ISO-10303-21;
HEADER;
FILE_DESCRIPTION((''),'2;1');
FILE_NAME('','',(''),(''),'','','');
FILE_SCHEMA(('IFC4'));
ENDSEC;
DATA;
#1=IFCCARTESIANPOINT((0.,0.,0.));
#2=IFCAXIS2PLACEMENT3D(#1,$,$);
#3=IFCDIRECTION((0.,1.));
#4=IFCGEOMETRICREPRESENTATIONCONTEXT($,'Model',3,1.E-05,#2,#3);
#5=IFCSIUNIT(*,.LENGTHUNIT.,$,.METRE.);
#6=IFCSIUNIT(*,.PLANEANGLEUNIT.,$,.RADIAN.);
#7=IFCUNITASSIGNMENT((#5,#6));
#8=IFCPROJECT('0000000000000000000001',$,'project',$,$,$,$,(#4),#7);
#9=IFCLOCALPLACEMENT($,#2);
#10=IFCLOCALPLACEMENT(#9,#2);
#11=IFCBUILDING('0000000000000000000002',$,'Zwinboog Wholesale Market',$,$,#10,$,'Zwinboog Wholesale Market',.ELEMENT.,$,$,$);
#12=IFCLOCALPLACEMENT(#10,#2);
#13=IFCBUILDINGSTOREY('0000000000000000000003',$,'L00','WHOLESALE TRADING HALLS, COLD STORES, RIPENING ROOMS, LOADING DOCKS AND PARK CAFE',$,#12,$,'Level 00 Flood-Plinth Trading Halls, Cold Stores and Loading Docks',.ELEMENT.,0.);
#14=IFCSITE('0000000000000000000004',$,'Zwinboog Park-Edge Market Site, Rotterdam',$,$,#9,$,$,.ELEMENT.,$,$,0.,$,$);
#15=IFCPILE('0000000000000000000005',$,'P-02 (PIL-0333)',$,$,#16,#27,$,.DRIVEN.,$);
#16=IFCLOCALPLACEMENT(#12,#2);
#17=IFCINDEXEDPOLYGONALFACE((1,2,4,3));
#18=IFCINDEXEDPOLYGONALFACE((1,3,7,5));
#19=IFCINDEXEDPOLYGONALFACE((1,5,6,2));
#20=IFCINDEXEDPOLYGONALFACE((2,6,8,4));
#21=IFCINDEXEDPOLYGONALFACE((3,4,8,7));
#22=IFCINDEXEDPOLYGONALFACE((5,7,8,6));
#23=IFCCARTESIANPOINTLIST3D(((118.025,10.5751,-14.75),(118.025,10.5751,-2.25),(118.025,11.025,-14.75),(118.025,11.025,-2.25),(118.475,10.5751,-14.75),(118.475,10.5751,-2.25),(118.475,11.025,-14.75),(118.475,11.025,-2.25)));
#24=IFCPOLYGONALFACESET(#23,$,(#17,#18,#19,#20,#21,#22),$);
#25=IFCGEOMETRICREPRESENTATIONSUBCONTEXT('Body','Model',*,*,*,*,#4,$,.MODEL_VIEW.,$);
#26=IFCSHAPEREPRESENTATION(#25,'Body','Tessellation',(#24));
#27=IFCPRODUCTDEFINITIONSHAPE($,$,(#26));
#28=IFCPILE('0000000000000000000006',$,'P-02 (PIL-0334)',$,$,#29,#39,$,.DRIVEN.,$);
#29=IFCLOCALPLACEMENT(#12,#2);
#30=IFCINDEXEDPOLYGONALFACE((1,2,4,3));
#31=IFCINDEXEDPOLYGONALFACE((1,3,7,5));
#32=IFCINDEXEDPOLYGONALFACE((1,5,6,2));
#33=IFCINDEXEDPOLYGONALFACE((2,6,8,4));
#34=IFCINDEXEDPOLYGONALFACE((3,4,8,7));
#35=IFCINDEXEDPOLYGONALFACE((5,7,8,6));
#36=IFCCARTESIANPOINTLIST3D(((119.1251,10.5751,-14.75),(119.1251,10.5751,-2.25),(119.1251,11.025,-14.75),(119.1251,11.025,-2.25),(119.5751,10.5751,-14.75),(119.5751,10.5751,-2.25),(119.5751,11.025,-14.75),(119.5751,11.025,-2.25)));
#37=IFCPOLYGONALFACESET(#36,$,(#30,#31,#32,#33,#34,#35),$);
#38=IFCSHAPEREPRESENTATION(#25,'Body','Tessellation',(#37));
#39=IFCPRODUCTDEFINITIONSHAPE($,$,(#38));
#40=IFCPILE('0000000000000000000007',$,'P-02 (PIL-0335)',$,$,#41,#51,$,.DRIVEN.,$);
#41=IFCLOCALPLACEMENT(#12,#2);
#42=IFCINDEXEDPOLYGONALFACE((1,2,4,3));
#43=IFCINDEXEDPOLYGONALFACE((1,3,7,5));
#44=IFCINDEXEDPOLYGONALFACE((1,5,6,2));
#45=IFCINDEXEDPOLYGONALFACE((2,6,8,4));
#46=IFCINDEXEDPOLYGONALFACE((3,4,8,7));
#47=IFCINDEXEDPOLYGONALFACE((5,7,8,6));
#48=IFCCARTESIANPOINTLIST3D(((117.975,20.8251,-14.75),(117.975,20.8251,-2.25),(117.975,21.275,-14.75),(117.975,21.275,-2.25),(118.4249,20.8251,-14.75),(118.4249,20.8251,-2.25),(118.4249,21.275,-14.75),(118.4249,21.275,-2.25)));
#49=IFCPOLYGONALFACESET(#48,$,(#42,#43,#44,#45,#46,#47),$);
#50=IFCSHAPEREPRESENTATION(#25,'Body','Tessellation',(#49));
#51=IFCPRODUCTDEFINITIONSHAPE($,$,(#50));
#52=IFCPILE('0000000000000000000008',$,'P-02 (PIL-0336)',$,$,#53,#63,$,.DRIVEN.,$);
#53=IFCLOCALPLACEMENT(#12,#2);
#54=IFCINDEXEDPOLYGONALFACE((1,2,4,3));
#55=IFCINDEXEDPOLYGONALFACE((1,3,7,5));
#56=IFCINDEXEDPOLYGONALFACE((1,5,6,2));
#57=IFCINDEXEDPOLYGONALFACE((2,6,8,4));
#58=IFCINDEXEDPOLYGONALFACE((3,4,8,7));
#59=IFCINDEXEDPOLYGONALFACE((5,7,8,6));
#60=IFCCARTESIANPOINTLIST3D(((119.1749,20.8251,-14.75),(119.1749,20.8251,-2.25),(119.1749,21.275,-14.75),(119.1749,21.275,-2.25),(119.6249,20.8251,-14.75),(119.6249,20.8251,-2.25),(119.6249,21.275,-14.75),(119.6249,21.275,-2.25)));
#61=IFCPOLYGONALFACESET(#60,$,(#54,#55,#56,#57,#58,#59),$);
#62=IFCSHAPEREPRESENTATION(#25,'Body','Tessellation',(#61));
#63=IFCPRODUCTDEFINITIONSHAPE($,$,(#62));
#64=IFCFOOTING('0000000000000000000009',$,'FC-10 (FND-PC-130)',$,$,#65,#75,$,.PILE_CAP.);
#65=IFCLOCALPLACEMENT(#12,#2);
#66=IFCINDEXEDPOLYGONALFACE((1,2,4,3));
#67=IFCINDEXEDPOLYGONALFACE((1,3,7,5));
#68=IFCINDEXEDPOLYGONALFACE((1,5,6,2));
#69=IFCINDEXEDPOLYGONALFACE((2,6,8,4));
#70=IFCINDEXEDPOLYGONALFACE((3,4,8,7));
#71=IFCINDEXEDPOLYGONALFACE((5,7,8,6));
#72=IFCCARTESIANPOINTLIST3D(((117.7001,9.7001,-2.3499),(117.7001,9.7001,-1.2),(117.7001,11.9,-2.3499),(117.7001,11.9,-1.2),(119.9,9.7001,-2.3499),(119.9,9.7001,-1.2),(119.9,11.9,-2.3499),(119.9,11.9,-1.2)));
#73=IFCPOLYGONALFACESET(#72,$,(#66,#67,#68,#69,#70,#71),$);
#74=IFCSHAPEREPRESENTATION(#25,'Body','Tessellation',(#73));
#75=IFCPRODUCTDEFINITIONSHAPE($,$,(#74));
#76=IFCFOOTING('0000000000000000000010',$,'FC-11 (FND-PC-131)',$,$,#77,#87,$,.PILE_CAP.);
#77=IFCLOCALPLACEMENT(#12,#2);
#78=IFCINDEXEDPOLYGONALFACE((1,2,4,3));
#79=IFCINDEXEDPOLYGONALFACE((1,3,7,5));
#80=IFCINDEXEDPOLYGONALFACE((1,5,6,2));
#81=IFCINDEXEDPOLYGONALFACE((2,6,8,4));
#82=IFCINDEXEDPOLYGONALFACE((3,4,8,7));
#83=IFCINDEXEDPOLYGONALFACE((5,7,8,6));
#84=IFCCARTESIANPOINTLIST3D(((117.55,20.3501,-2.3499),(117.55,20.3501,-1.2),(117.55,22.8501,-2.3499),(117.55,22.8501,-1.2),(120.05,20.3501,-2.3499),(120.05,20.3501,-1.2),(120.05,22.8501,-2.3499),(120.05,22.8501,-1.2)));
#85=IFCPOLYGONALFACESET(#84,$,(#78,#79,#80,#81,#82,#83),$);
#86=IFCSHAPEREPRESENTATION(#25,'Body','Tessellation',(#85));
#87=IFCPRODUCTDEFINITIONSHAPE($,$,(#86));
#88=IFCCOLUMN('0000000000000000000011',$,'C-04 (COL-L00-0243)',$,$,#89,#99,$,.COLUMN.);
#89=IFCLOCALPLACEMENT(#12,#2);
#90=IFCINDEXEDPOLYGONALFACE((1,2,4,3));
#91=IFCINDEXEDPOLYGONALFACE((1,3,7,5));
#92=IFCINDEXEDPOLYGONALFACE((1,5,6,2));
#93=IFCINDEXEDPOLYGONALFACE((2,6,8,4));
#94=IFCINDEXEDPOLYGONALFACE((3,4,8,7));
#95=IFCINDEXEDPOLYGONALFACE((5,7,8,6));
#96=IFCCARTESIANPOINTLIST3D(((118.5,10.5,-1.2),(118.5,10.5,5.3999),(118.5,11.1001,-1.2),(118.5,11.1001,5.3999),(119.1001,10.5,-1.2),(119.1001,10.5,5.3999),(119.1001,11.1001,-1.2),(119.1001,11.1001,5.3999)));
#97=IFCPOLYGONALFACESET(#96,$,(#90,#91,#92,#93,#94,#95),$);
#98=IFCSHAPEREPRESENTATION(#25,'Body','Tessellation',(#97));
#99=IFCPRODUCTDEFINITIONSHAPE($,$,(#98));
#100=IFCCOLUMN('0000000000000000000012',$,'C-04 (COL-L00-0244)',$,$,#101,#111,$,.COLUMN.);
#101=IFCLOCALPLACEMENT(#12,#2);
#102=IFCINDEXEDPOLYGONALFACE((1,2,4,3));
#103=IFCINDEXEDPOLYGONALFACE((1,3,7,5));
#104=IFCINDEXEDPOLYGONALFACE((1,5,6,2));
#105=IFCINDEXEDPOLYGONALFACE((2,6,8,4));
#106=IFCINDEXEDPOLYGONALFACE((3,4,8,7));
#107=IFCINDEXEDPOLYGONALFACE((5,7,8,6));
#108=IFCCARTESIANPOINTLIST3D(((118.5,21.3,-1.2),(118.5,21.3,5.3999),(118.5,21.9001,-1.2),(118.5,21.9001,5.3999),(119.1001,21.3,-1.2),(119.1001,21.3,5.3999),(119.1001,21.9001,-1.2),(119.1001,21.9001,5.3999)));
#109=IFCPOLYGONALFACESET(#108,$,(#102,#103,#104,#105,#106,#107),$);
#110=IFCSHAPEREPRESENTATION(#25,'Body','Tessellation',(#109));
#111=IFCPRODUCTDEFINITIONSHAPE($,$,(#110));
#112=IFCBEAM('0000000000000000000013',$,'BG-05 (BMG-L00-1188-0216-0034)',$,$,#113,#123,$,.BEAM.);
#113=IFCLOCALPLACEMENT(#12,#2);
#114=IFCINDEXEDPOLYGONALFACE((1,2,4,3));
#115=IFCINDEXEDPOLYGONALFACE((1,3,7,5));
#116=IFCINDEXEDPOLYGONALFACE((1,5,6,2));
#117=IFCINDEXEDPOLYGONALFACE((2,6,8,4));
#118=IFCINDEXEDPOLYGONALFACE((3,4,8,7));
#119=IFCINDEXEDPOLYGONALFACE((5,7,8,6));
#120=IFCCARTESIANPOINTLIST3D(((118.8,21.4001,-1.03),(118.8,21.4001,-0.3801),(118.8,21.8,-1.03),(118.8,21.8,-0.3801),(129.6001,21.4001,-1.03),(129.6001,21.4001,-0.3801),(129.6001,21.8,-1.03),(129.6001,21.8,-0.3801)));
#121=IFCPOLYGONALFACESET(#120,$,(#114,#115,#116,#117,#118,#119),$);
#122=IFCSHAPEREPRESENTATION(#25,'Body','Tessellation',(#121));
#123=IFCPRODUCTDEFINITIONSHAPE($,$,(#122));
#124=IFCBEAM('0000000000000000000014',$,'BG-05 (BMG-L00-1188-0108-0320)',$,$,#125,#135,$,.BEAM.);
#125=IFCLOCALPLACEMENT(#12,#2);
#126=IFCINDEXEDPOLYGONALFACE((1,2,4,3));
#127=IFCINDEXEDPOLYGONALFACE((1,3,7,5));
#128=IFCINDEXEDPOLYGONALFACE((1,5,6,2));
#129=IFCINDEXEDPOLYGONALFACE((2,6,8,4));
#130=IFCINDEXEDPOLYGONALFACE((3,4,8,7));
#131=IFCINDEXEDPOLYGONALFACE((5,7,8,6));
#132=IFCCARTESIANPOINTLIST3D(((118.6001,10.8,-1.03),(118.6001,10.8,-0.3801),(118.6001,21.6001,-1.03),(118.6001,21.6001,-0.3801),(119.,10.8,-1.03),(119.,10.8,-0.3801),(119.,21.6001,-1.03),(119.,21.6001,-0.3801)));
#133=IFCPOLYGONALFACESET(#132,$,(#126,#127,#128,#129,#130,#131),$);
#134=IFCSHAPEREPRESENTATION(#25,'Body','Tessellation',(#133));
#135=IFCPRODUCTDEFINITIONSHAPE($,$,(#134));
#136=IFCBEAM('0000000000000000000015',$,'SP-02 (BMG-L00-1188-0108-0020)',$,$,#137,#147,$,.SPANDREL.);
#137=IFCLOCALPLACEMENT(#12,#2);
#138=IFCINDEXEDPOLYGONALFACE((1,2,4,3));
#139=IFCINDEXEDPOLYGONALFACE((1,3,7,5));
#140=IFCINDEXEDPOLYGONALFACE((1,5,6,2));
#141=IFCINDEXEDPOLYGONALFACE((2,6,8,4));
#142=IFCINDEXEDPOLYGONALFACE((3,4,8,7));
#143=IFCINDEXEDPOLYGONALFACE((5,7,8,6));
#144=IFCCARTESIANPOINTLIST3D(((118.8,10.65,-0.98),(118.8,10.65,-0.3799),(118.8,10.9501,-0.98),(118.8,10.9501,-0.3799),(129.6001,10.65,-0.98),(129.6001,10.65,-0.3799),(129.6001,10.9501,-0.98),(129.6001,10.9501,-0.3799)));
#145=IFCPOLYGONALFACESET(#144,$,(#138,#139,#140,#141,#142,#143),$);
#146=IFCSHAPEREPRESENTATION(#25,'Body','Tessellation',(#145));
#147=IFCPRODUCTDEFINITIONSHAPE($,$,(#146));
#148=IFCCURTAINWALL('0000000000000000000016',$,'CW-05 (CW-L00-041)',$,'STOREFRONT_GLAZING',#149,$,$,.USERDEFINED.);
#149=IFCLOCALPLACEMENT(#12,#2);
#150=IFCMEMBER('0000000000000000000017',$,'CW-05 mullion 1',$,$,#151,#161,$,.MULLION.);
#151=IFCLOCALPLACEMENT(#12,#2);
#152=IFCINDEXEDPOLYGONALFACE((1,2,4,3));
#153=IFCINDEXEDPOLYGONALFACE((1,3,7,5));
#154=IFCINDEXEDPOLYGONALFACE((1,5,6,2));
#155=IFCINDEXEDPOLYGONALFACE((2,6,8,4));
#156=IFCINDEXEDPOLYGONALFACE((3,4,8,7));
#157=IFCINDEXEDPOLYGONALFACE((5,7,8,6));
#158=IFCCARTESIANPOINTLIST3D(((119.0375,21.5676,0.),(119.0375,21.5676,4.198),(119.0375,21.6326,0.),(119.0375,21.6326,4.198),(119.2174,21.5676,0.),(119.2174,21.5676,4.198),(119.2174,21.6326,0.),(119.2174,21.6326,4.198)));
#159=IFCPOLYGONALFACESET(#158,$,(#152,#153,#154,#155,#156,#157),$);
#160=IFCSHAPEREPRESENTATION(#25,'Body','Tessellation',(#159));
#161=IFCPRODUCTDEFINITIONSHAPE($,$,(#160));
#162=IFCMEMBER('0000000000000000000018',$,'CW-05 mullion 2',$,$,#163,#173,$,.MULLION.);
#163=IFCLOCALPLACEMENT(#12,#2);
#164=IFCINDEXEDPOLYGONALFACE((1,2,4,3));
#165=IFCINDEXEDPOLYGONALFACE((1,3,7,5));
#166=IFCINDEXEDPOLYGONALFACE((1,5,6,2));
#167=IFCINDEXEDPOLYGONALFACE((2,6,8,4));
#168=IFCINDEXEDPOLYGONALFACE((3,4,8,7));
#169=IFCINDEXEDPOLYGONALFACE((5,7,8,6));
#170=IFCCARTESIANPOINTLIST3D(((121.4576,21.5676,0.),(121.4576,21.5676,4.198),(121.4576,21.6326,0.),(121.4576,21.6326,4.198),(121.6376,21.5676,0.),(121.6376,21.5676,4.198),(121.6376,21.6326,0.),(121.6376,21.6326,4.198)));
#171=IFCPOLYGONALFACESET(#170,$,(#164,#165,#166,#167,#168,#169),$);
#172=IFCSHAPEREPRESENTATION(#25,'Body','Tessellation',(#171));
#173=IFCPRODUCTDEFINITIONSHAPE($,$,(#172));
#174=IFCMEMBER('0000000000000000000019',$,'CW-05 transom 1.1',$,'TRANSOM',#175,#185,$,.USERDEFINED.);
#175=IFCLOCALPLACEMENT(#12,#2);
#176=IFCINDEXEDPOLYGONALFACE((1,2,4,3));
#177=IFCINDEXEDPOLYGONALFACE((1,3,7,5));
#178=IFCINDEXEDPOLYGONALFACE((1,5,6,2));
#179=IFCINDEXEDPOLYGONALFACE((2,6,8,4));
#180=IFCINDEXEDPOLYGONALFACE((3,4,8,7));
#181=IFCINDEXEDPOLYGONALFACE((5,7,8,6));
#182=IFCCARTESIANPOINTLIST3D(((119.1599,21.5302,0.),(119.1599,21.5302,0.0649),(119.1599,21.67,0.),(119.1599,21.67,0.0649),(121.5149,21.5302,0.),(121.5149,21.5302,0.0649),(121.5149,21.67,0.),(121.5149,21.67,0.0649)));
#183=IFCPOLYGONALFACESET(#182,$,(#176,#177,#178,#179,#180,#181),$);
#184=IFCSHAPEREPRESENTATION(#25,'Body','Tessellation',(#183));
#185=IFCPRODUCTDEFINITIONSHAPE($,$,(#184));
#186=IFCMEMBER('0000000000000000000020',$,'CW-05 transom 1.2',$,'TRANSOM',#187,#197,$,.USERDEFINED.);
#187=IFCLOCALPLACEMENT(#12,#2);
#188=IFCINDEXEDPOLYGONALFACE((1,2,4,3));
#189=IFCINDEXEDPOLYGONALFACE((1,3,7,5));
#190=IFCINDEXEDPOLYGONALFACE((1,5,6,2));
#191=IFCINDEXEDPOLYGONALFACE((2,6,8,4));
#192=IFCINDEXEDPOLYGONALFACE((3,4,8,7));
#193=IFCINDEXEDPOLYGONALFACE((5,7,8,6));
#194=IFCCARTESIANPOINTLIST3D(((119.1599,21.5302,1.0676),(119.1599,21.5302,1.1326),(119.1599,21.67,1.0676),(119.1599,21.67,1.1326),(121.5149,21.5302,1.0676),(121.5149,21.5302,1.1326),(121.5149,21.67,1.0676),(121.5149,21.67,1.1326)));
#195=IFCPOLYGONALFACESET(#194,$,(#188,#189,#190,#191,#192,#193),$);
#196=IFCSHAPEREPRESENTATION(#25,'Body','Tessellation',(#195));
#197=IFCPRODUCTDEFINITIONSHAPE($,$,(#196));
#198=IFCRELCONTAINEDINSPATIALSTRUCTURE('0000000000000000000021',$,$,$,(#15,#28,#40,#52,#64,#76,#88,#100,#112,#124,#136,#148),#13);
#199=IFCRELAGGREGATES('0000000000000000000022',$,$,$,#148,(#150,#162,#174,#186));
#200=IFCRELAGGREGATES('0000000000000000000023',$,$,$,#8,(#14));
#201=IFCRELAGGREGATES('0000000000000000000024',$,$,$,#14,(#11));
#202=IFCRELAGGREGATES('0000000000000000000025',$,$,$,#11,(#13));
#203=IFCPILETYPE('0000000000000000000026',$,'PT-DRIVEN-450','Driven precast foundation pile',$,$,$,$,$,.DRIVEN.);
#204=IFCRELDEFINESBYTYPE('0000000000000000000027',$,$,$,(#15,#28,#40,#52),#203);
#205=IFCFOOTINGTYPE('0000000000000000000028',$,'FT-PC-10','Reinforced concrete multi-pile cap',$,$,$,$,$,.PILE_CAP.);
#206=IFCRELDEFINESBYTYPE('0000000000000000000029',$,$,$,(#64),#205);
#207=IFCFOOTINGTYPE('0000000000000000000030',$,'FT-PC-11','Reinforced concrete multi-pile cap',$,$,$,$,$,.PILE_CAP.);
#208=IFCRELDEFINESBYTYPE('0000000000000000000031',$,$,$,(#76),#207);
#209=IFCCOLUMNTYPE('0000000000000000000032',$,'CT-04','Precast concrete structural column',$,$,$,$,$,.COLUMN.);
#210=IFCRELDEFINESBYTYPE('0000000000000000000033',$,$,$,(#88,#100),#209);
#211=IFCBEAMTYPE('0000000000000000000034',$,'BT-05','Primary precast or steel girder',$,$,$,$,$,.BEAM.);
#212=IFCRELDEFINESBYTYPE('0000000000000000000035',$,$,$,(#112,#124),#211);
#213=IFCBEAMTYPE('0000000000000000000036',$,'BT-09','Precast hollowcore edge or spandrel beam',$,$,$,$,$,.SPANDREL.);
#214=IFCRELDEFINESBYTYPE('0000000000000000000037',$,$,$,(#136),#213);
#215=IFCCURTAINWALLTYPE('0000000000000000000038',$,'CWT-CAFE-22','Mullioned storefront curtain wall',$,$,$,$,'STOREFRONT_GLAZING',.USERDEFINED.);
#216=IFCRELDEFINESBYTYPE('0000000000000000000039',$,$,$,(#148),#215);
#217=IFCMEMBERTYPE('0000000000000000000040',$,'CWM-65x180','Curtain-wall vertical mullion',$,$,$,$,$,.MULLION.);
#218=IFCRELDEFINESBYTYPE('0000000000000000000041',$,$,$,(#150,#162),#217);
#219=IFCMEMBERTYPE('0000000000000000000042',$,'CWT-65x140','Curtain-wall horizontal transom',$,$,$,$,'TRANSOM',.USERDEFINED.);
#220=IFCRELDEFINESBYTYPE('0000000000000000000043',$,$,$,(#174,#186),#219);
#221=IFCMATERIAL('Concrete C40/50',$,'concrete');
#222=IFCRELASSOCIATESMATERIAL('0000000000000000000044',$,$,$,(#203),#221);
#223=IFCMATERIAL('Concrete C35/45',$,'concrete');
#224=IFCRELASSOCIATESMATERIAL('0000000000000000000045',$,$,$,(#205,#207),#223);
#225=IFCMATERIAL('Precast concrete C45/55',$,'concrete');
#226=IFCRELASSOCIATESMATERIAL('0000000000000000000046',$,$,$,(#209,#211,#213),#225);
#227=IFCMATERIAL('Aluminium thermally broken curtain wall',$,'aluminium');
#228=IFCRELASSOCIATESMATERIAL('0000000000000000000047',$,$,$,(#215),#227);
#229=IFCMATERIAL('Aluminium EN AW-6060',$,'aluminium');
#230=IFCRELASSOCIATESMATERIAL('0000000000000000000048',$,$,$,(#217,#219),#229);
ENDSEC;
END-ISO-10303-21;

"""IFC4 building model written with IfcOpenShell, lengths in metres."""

from ifc_helpers import new_model, si_unit, direction, frame, origin, origin_2d, place, context, subcontext, project, spatial, rectangle, extrude, material, material_profile, profile_set, type_object, element, aggregate, save


model = new_model("IFC4")

# Units and contexts
model_context = context("Model", 3, precision=1e-05, world=origin(), true_north=direction((0.0, 1.0)))
body_context = subcontext(model_context, "Body", "Model", "MODEL_VIEW")
ifc_project = project(units=[si_unit("LENGTHUNIT", "METRE"), si_unit("PLANEANGLEUNIT", "RADIAN")], contexts=[model_context])

# Site, building, storey
site_placement = place(None, origin())
site = spatial("IfcSite", under=ifc_project, at=site_placement, Name="Zwinboog Park-Edge Market Site, Rotterdam", CompositionType="ELEMENT", RefElevation=0.0)
building_placement = place(site_placement, origin())
building = spatial("IfcBuilding", under=site, at=building_placement, Name="Zwinboog Wholesale Market", LongName="Zwinboog Wholesale Market", CompositionType="ELEMENT")
storey_placement = place(building_placement, origin())
storey = spatial("IfcBuildingStorey", under=building, at=storey_placement, Name="L00", Description="WHOLESALE TRADING HALLS, COLD STORES, RIPENING ROOMS, LOADING DOCKS AND PARK CAFE", LongName="Level 00 Flood-Plinth Trading Halls, Cold Stores and Loading Docks", CompositionType="ELEMENT", Elevation=0.0)

# Piles
ifc_material_1 = material(Name="Concrete C40/50", Category="concrete")
ifc_material_profile_1 = material_profile(ifc_material_1, rectangle(XDim=0.45, YDim=0.45, at=origin_2d()), Name="PILE SQ450")
ifc_profile_set_1 = profile_set([ifc_material_profile_1], Name="Concrete C40/50")
pile_type = type_object("IfcPileType", Name="PT-DRIVEN-450", Description="Driven precast foundation pile", PredefinedType="DRIVEN", material=ifc_profile_set_1)
for number, where, z_axis, x_axis, name in (
    (1, (118.25, 10.8, -2.25), (0.0, 0.0, -1.0), (1.0, 0.0, 0.0), "P-02 (PIL-0333)"),
    (2, (119.3501, 10.8, -2.25), (0.0, 0.0, -1.0), (1.0, 0.0, 0.0), "P-02 (PIL-0334)"),
    (3, (118.2, 21.05, -2.25), (0.0, 0.0, -1.0), (1.0, 0.0, 0.0), "P-02 (PIL-0335)"),
    (4, (119.3999, 21.05, -2.25), (0.0, 0.0, -1.0), (1.0, 0.0, 0.0), "P-02 (PIL-0336)"),
):
    element("IfcPile", number, at=place(storey_placement, frame(where, z_axis=z_axis, x_axis=x_axis)), inside=storey, type_object=pile_type, Name=name, PredefinedType="DRIVEN", context=body_context, shape_type="SweptSolid", body=[
        extrude(rectangle(XDim=0.45, YDim=0.45, at=origin_2d()), origin(), (0.0, 0.0, 1.0), 12.5),
    ])

# Footings
ifc_material_2 = material(Name="Concrete C35/45", Category="concrete")
footing_type_1 = type_object("IfcFootingType", Name="FT-PC-10", Description="Reinforced concrete multi-pile cap", PredefinedType="PILE_CAP", material=ifc_material_2)
footing_1_placement = place(storey_placement, frame((118.8, 10.8, -2.3499), z_axis=(0.0, 0.0, 1.0), x_axis=(1.0, 0.0, 0.0)))
element("IfcFooting", 5, at=footing_1_placement, inside=storey, type_object=footing_type_1, Name="FC-10 (FND-PC-130)", PredefinedType="PILE_CAP", context=body_context, shape_type="SweptSolid", body=[
    extrude(rectangle(XDim=2.2, YDim=2.2, at=origin_2d()), origin(), (0.0, 0.0, 1.0), 1.1499),
])
footing_type_2 = type_object("IfcFootingType", Name="FT-PC-11", Description="Reinforced concrete multi-pile cap", PredefinedType="PILE_CAP", material=ifc_material_2)
footing_2_placement = place(storey_placement, frame((118.8, 21.6001, -2.3499), z_axis=(0.0, 0.0, 1.0), x_axis=(1.0, 0.0, 0.0)))
element("IfcFooting", 6, at=footing_2_placement, inside=storey, type_object=footing_type_2, Name="FC-11 (FND-PC-131)", PredefinedType="PILE_CAP", context=body_context, shape_type="SweptSolid", body=[
    extrude(rectangle(XDim=2.5, YDim=2.5, at=origin_2d()), origin(), (0.0, 0.0, 1.0), 1.1499),
])

# Columns
ifc_material_3 = material(Name="Precast concrete C45/55", Category="concrete")
ifc_material_profile_2 = material_profile(ifc_material_3, rectangle(XDim=0.6001, YDim=0.6001, at=origin_2d()), Name="PC 600x600")
ifc_profile_set_2 = profile_set([ifc_material_profile_2], Name="Precast concrete C45/55")
column_type = type_object("IfcColumnType", Name="CT-04", Description="Precast concrete structural column", PredefinedType="COLUMN", material=ifc_profile_set_2)
for number, where, z_axis, x_axis, name in (
    (7, (118.8, 10.8, -1.2), (0.0, 0.0, 1.0), (1.0, 0.0, 0.0), "C-04 (COL-L00-0243)"),
    (8, (118.8, 21.6001, -1.2), (0.0, 0.0, 1.0), (1.0, 0.0, 0.0), "C-04 (COL-L00-0244)"),
):
    element("IfcColumn", number, at=place(storey_placement, frame(where, z_axis=z_axis, x_axis=x_axis)), inside=storey, type_object=column_type, Name=name, PredefinedType="COLUMN", context=body_context, shape_type="SweptSolid", body=[
        extrude(rectangle(XDim=0.6001, YDim=0.6001, at=origin_2d()), origin(), (0.0, 0.0, 1.0), 6.5999),
    ])

# Beams
ifc_material_profile_3 = material_profile(ifc_material_3, rectangle(XDim=0.3999, YDim=0.6499, at=origin_2d()), Name="PC 400x650")
ifc_profile_set_3 = profile_set([ifc_material_profile_3], Name="Precast concrete C45/55")
beam_type_1 = type_object("IfcBeamType", Name="BT-05", Description="Primary precast or steel girder", PredefinedType="BEAM", material=ifc_profile_set_3)
for number, where, z_axis, x_axis, name in (
    (9, (118.8, 21.6001, -0.7051), (1.0, 0.0, 0.0), (0.0, 1.0, 0.0), "BG-05 (BMG-L00-1188-0216-0034)"),
    (10, (118.8, 10.8, -0.7051), (0.0, 1.0, 0.0), (-1.0, 0.0, 0.0), "BG-05 (BMG-L00-1188-0108-0320)"),
):
    element("IfcBeam", number, at=place(storey_placement, frame(where, z_axis=z_axis, x_axis=x_axis)), inside=storey, type_object=beam_type_1, Name=name, PredefinedType="BEAM", context=body_context, shape_type="SweptSolid", body=[
        extrude(rectangle(XDim=0.3999, YDim=0.6499, at=origin_2d()), origin(), (0.0, 0.0, 1.0), 10.8),
    ])
ifc_material_profile_4 = material_profile(ifc_material_3, rectangle(XDim=0.3, YDim=0.6001, at=origin_2d()), Name="PC 300x600")
ifc_profile_set_4 = profile_set([ifc_material_profile_4], Name="Precast concrete C45/55")
beam_type_2 = type_object("IfcBeamType", Name="BT-09", Description="Precast hollowcore edge or spandrel beam", PredefinedType="SPANDREL", material=ifc_profile_set_4)
beam_placement = place(storey_placement, frame((118.8, 10.8, -0.6799), z_axis=(1.0, 0.0, 0.0), x_axis=(0.0, 1.0, 0.0)))
element("IfcBeam", 11, at=beam_placement, inside=storey, type_object=beam_type_2, Name="SP-02 (BMG-L00-1188-0108-0020)", PredefinedType="SPANDREL", context=body_context, shape_type="SweptSolid", body=[
    extrude(rectangle(XDim=0.3, YDim=0.6001, at=origin_2d()), origin(), (0.0, 0.0, 1.0), 10.8),
])

# Curtain wall, members
ifc_material_4 = material(Name="Aluminium thermally broken curtain wall", Category="aluminium")
curtain_wall_type = type_object("IfcCurtainWallType", Name="CWT-CAFE-22", Description="Mullioned storefront curtain wall", ElementType="STOREFRONT_GLAZING", PredefinedType="USERDEFINED", material=ifc_material_4)
curtain_wall_placement = place(storey_placement, origin())
curtain_wall = element("IfcCurtainWall", 12, at=curtain_wall_placement, inside=storey, type_object=curtain_wall_type, Name="CW-05 (CW-L00-041)", ObjectType="STOREFRONT_GLAZING", PredefinedType="USERDEFINED")
ifc_material_5 = material(Name="Aluminium EN AW-6060", Category="aluminium")
ifc_material_profile_5 = material_profile(ifc_material_5, rectangle(XDim=0.0649, YDim=0.1799, at=origin_2d()), Name="AL 65x180")
ifc_profile_set_5 = profile_set([ifc_material_profile_5], Name="Aluminium EN AW-6060")
member_type_1 = type_object("IfcMemberType", Name="CWM-65x180", Description="Curtain-wall vertical mullion", PredefinedType="MULLION", material=ifc_profile_set_5)
member_1_placement = place(storey_placement, frame((119.1274, 21.6001, 0.0), z_axis=(0.0, 0.0, 1.0), x_axis=(0.0, 1.0, 0.0)))
member_1 = element("IfcMember", 13, at=member_1_placement, type_object=member_type_1, Name="CW-05 mullion 1", PredefinedType="MULLION", context=body_context, shape_type="SweptSolid", body=[
    extrude(rectangle(XDim=0.0649, YDim=0.1799, at=origin_2d()), origin(), (0.0, 0.0, 1.0), 4.198),
])
member_2_placement = place(storey_placement, frame((121.5476, 21.6001, 0.0), z_axis=(0.0, 0.0, 1.0), x_axis=(0.0, 1.0, 0.0)))
member_2 = element("IfcMember", 14, at=member_2_placement, type_object=member_type_1, Name="CW-05 mullion 2", PredefinedType="MULLION", context=body_context, shape_type="SweptSolid", body=[
    extrude(rectangle(XDim=0.0649, YDim=0.1799, at=origin_2d()), origin(), (0.0, 0.0, 1.0), 4.198),
])
ifc_material_profile_6 = material_profile(ifc_material_5, rectangle(XDim=0.1399, YDim=0.0649, at=origin_2d()), Name="AL 65x140")
ifc_profile_set_6 = profile_set([ifc_material_profile_6], Name="Aluminium EN AW-6060")
member_type_2 = type_object("IfcMemberType", Name="CWT-65x140", Description="Curtain-wall horizontal transom", ElementType="TRANSOM", PredefinedType="USERDEFINED", material=ifc_profile_set_6)
member_3_placement = place(storey_placement, frame((119.1599, 21.6001, 0.0325), z_axis=(1.0, 0.0, 0.0), x_axis=(0.0, 1.0, 0.0)))
member_3 = element("IfcMember", 15, at=member_3_placement, type_object=member_type_2, Name="CW-05 transom 1.1", ObjectType="TRANSOM", PredefinedType="USERDEFINED", context=body_context, shape_type="SweptSolid", body=[
    extrude(rectangle(XDim=0.1399, YDim=0.0649, at=origin_2d()), origin(), (0.0, 0.0, 1.0), 2.355),
])
member_4_placement = place(storey_placement, frame((119.1599, 21.6001, 1.1001), z_axis=(1.0, 0.0, 0.0), x_axis=(0.0, 1.0, 0.0)))
member_4 = element("IfcMember", 16, at=member_4_placement, type_object=member_type_2, Name="CW-05 transom 1.2", ObjectType="TRANSOM", PredefinedType="USERDEFINED", context=body_context, shape_type="SweptSolid", body=[
    extrude(rectangle(XDim=0.1399, YDim=0.0649, at=origin_2d()), origin(), (0.0, 0.0, 1.0), 2.355),
])
aggregate(curtain_wall, [member_1, member_2, member_3, member_4])

save(model, "model.ifc")
